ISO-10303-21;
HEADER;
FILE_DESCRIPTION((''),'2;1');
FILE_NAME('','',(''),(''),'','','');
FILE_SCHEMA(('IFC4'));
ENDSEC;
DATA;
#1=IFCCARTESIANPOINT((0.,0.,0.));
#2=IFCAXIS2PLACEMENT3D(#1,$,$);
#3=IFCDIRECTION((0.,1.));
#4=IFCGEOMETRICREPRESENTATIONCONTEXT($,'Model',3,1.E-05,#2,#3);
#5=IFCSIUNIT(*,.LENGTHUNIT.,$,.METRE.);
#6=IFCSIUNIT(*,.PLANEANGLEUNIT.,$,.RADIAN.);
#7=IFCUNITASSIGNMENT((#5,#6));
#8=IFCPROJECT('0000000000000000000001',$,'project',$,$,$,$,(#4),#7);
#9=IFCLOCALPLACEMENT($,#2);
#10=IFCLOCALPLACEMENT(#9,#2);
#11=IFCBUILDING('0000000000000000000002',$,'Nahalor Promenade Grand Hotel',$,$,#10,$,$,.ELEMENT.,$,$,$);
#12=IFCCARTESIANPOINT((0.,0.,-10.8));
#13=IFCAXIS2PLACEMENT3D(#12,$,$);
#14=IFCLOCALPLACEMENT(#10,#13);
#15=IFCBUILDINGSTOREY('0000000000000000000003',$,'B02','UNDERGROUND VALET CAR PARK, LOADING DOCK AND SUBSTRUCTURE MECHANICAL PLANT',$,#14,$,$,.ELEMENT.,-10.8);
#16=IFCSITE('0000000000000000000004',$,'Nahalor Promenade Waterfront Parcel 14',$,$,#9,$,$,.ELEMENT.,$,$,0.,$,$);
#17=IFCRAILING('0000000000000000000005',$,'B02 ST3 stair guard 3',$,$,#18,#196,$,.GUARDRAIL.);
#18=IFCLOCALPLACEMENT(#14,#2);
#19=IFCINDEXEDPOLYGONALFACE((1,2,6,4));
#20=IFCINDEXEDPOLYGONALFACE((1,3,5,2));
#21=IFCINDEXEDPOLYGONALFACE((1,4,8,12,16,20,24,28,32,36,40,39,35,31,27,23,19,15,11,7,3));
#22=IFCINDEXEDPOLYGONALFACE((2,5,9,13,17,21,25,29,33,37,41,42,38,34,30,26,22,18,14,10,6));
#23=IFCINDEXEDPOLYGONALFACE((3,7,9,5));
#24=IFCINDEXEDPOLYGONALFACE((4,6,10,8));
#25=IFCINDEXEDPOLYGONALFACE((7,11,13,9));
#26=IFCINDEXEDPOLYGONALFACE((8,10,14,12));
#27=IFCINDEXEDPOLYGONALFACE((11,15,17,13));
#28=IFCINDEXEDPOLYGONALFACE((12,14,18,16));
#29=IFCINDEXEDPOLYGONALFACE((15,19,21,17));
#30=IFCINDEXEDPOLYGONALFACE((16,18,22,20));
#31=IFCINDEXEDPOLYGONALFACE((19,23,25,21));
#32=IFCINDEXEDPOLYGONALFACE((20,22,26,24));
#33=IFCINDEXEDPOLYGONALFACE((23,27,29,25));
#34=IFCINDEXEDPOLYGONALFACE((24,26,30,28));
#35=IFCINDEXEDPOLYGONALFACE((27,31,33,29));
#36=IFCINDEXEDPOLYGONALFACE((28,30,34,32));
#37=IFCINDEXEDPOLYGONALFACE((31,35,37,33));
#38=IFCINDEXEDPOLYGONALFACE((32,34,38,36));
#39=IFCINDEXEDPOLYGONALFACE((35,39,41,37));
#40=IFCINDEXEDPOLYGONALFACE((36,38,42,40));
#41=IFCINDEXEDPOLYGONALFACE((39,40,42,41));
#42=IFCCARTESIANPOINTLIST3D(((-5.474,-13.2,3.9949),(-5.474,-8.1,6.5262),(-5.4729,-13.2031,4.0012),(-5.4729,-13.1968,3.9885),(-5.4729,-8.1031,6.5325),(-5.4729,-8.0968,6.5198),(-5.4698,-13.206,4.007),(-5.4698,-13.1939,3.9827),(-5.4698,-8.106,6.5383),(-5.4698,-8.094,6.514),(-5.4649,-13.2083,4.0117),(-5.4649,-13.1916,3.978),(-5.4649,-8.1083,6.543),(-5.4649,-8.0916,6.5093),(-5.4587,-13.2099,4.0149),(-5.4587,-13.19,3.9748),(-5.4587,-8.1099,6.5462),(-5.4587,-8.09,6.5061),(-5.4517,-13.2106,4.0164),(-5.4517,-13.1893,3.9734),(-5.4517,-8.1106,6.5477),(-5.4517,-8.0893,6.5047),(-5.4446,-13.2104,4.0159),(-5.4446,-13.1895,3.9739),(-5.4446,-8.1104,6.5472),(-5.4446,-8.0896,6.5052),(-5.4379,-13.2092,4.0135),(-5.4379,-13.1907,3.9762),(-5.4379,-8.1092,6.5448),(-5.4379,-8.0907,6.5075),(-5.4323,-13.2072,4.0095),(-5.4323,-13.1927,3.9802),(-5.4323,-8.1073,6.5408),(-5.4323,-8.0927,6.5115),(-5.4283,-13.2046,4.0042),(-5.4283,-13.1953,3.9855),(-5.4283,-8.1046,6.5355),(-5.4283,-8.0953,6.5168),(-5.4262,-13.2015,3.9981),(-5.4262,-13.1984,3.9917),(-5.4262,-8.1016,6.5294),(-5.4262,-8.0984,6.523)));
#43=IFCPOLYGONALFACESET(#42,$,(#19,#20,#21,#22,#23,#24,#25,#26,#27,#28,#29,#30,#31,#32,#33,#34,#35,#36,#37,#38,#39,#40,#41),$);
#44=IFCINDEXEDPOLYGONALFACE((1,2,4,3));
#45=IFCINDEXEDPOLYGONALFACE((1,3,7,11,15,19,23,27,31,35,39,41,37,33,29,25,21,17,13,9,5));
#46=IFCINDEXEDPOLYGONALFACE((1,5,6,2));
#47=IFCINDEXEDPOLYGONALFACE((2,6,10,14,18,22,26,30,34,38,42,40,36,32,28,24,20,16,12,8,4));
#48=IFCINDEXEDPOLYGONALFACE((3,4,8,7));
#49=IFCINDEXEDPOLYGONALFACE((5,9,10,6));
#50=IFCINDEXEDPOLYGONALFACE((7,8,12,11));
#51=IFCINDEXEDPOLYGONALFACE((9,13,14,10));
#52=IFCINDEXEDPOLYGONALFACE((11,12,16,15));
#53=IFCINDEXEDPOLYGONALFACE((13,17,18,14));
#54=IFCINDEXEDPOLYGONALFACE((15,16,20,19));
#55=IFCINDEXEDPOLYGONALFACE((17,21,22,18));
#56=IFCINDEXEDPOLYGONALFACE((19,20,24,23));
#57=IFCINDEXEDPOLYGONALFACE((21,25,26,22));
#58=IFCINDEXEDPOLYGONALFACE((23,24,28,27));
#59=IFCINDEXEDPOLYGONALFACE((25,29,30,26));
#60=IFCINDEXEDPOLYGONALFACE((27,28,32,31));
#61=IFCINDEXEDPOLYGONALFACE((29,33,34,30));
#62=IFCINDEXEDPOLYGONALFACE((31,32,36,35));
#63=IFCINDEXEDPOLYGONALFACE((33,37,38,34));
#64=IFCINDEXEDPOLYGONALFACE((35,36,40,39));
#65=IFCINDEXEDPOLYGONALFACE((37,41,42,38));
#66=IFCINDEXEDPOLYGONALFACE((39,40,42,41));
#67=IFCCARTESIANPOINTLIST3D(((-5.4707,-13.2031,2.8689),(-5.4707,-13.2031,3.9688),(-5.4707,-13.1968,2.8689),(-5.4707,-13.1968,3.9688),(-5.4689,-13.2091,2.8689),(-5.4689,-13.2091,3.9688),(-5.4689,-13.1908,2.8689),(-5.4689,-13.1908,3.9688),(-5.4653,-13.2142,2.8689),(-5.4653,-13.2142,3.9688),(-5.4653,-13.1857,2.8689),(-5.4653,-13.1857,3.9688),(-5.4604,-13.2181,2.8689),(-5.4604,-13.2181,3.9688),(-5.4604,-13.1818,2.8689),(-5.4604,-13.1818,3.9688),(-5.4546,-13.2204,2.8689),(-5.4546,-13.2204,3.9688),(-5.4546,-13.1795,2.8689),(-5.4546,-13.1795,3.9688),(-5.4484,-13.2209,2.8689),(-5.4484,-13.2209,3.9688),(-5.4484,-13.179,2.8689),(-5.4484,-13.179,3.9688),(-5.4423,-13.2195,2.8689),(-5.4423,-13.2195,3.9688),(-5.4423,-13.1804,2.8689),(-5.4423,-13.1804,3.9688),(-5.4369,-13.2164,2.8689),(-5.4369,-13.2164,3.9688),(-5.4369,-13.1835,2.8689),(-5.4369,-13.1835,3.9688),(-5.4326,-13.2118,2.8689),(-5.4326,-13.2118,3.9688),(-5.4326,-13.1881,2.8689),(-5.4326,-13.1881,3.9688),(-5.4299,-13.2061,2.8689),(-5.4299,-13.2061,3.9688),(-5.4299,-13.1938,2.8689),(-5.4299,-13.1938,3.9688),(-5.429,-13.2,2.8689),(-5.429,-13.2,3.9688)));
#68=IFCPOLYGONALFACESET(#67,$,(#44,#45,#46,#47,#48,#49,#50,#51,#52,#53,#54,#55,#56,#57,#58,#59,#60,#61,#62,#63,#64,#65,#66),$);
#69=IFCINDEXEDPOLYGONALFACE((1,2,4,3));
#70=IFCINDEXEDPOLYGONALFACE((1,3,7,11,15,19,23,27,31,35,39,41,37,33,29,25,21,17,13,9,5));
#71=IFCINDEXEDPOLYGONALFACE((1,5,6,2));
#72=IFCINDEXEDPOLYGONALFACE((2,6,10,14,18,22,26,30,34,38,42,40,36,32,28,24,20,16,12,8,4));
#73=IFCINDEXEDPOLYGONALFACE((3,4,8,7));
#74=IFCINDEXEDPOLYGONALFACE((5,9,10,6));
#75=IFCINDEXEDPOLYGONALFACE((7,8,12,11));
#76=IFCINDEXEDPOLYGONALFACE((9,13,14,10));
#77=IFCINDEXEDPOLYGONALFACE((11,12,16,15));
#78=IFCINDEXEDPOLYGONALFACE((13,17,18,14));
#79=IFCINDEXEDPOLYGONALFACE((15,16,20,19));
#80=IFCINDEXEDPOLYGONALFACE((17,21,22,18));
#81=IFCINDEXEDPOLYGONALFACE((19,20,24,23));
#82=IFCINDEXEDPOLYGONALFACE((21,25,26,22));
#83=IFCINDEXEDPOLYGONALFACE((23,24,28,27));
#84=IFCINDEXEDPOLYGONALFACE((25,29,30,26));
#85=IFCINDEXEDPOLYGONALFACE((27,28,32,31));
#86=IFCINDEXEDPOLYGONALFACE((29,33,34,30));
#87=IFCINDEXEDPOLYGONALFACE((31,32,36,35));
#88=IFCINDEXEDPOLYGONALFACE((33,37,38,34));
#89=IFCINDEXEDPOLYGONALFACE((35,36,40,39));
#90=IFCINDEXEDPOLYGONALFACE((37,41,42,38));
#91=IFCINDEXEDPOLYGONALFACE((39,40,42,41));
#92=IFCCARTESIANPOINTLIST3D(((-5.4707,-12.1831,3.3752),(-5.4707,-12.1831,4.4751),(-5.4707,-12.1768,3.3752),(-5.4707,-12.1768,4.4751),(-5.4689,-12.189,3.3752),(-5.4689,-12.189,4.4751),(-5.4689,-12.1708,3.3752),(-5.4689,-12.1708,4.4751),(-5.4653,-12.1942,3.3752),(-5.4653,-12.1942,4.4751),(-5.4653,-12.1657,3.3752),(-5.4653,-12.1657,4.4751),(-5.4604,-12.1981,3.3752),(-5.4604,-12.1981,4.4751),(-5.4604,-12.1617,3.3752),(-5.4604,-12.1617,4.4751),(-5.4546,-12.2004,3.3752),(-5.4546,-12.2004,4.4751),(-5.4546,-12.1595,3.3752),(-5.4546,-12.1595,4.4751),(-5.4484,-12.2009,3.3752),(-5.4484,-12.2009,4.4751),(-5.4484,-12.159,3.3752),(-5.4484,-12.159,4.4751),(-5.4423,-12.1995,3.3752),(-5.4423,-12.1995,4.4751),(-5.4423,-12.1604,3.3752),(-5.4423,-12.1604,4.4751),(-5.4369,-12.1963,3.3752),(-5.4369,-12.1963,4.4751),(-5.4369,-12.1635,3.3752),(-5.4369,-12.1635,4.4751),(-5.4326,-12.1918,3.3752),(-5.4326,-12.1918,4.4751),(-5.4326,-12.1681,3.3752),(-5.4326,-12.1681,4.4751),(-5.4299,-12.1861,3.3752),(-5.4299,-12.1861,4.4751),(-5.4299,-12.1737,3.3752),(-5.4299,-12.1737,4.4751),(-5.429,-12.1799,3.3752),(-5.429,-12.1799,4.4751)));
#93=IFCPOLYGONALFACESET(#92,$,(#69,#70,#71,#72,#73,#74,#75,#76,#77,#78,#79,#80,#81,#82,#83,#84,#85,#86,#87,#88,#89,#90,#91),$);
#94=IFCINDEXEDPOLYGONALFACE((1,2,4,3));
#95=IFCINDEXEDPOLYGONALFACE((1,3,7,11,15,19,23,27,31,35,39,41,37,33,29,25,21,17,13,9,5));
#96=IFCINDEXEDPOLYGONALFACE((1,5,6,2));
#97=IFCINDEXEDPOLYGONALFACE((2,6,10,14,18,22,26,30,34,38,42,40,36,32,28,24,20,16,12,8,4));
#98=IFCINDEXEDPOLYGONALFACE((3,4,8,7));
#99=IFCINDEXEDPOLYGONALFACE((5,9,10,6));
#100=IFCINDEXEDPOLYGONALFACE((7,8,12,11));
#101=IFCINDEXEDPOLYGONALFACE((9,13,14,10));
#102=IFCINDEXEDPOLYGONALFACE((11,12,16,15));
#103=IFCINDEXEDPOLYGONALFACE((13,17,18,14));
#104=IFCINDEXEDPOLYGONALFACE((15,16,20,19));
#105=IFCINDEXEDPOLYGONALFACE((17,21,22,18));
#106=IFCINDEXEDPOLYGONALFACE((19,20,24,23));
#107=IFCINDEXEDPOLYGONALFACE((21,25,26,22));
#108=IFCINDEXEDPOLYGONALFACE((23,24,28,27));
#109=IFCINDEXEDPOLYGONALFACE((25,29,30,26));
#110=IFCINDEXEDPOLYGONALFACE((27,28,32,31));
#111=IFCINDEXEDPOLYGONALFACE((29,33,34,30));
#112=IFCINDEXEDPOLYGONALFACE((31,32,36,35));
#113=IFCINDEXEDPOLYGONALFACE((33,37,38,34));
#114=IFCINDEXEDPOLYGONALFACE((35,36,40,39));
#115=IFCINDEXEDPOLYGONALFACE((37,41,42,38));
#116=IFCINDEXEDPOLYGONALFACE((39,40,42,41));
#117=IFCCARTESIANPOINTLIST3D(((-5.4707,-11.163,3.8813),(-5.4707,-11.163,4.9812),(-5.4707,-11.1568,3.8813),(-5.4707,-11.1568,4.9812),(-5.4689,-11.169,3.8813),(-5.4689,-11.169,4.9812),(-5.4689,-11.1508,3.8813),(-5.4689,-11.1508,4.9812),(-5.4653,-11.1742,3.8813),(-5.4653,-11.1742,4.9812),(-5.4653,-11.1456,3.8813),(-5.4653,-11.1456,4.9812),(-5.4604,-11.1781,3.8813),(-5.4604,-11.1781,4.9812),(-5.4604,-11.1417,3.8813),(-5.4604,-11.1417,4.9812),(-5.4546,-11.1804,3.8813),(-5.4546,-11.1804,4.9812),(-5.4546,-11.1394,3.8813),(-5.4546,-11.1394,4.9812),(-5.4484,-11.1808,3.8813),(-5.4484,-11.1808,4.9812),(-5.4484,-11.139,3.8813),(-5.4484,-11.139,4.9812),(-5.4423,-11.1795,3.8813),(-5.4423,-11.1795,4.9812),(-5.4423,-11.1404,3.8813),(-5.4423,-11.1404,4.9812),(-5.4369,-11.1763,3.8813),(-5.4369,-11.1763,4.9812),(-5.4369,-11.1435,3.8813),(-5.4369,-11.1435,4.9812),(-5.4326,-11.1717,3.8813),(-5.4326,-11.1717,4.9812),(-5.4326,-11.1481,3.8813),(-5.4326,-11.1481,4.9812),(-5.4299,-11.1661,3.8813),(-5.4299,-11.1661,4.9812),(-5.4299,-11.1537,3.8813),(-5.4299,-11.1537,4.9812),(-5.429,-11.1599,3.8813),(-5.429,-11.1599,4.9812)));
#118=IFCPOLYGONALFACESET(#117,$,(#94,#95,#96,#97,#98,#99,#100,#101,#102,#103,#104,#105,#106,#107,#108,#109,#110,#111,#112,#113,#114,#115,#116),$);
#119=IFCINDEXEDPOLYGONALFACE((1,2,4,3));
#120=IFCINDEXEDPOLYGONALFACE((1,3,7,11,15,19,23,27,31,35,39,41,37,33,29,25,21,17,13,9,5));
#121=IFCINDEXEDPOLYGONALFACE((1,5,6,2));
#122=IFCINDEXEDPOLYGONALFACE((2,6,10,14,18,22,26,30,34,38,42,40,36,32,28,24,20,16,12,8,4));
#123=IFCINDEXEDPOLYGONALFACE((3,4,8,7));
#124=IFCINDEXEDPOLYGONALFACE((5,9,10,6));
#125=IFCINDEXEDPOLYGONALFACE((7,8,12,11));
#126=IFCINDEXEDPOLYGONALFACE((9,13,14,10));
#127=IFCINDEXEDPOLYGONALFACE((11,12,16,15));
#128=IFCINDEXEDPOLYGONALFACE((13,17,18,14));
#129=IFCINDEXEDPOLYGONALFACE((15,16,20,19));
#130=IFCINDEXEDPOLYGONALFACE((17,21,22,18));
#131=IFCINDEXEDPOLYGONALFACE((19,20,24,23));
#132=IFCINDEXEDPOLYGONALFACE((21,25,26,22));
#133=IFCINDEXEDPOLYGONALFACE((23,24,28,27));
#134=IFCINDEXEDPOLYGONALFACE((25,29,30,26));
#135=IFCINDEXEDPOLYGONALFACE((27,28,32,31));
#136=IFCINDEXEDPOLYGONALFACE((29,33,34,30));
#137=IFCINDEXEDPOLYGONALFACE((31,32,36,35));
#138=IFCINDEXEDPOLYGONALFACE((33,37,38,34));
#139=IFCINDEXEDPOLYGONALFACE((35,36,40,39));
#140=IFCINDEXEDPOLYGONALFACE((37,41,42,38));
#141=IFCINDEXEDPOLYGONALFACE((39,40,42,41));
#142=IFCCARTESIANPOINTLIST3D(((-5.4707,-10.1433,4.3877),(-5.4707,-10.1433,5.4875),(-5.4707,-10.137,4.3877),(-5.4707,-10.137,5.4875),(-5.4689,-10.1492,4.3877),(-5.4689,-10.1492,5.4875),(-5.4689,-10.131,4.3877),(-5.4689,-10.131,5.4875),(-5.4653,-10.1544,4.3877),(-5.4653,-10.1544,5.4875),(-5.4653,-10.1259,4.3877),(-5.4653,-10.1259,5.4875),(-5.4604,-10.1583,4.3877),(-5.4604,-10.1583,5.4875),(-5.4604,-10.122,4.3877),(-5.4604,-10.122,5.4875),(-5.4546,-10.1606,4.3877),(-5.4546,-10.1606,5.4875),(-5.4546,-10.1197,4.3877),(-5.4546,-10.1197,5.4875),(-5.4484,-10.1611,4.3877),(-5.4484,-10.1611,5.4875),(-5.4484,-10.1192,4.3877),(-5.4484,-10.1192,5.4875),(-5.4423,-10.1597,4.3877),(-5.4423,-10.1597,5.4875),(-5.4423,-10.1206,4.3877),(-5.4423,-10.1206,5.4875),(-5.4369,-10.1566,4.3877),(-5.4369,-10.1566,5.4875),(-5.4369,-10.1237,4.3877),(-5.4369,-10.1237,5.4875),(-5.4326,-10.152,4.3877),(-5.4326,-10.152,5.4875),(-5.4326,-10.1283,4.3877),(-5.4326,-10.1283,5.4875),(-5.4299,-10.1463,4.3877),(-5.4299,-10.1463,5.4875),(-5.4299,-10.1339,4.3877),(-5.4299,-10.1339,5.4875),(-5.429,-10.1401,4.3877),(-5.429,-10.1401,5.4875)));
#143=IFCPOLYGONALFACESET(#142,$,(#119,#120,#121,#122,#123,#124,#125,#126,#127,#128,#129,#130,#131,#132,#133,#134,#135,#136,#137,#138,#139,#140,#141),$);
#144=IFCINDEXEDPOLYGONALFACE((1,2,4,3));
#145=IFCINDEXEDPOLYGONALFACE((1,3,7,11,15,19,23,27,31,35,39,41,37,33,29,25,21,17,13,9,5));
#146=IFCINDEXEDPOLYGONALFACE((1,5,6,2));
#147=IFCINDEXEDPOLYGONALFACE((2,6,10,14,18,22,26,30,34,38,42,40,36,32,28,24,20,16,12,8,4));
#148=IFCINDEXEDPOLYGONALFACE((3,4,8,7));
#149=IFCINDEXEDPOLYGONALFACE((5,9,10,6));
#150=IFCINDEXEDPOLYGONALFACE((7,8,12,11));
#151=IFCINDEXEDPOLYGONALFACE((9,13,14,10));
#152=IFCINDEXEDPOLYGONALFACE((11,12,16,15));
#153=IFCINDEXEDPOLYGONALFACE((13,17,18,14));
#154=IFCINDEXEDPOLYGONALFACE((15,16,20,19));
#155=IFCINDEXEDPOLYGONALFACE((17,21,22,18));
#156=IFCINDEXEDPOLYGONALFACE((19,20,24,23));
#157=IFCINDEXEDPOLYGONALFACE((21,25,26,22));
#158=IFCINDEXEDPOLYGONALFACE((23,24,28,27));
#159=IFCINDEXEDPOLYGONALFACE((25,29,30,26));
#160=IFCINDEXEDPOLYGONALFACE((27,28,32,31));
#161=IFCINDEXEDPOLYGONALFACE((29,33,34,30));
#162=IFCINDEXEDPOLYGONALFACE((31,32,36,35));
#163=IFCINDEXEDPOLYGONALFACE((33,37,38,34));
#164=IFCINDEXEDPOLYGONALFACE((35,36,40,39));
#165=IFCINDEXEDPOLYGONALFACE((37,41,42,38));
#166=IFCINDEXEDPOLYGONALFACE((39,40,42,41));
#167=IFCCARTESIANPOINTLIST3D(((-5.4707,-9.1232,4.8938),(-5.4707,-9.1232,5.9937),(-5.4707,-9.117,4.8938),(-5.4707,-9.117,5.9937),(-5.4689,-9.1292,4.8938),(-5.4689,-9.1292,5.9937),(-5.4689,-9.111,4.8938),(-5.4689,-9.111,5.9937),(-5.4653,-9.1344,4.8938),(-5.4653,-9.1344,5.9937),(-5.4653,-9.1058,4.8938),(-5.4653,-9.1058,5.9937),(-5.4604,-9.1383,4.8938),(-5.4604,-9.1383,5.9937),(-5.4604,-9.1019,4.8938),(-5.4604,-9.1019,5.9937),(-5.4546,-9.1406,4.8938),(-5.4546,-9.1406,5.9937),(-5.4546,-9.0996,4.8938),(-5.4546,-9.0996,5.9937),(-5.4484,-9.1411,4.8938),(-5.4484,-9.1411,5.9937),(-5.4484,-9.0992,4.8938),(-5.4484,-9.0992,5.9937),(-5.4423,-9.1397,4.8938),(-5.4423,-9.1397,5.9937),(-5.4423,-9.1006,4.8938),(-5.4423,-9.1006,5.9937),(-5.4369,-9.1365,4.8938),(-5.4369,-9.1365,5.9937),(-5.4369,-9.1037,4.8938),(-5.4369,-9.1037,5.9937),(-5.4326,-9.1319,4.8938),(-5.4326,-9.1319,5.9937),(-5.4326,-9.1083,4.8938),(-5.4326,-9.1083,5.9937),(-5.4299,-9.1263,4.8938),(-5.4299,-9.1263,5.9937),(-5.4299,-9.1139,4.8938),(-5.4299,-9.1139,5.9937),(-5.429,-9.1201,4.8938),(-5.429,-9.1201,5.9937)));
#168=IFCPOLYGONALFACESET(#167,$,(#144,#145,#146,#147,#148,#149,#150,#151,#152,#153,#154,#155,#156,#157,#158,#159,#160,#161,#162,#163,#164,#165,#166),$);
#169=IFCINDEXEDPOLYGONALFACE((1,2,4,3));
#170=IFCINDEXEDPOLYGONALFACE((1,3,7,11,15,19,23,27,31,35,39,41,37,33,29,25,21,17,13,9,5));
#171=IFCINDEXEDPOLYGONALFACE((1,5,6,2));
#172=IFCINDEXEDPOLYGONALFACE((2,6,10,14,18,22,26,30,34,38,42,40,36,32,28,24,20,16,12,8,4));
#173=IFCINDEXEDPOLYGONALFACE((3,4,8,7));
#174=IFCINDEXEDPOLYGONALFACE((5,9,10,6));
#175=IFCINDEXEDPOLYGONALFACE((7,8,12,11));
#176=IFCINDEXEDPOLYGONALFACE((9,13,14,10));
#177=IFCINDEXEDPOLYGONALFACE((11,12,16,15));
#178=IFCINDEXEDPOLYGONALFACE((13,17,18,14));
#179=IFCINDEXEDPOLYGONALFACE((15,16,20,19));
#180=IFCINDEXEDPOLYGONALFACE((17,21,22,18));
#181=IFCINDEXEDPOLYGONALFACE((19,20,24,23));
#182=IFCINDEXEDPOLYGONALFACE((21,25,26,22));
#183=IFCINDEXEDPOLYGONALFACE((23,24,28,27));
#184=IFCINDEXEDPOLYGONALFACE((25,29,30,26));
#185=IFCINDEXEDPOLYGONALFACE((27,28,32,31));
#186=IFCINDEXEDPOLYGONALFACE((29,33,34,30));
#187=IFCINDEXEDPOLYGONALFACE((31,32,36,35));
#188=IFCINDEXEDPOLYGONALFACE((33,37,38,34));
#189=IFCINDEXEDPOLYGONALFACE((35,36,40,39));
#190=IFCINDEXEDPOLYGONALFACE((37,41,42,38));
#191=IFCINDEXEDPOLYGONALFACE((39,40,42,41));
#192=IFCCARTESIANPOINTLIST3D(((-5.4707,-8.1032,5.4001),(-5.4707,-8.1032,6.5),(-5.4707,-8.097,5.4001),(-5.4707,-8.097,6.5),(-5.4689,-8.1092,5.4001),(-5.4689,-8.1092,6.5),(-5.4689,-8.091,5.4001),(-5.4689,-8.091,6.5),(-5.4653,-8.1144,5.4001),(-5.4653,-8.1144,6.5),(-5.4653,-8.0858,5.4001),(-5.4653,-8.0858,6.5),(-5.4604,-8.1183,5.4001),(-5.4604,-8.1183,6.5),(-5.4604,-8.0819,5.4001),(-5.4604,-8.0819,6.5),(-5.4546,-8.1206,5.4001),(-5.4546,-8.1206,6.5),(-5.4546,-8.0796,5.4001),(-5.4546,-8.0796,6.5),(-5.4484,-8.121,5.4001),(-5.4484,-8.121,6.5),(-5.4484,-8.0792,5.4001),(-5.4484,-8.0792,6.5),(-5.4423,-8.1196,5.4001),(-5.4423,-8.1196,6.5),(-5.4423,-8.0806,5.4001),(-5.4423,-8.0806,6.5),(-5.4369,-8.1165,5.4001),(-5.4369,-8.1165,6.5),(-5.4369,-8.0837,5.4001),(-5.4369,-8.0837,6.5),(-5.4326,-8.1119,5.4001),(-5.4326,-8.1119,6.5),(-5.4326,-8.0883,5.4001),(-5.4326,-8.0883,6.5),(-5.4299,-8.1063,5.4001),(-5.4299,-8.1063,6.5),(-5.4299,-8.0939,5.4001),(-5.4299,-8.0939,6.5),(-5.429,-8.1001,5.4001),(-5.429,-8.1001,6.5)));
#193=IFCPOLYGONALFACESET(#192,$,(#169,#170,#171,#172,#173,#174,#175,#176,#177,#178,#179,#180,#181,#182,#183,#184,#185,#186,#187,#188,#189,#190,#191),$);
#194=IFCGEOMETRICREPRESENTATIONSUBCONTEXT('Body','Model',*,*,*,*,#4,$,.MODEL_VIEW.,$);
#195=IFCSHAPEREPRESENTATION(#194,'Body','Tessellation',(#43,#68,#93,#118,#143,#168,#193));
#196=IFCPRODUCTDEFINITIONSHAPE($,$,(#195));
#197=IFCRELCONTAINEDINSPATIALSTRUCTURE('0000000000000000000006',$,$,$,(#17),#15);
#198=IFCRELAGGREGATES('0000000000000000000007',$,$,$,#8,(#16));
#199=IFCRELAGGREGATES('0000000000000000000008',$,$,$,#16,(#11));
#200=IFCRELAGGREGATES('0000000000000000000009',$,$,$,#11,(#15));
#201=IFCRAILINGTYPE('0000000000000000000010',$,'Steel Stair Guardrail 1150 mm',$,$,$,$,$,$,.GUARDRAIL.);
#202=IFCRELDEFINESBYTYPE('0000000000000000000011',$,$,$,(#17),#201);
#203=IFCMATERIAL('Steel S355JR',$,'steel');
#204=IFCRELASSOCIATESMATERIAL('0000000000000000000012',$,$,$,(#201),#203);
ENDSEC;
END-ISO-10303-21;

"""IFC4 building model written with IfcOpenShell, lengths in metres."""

from ifc_helpers import new_model, si_unit, direction, frame, origin, origin_2d, place, context, subcontext, project, spatial, circle, extrude, material, type_object, element, save


model = new_model("IFC4")

# Units and contexts
model_context = context("Model", 3, precision=1e-05, world=origin(), true_north=direction((0.0, 1.0)))
body_context = subcontext(model_context, "Body", "Model", "MODEL_VIEW")
ifc_project = project(units=[si_unit("LENGTHUNIT", "METRE"), si_unit("PLANEANGLEUNIT", "RADIAN")], contexts=[model_context])

# Site, building, storey
site_placement = place(None, origin())
site = spatial("IfcSite", under=ifc_project, at=site_placement, Name="Nahalor Promenade Waterfront Parcel 14", CompositionType="ELEMENT", RefElevation=0.0)
building_placement = place(site_placement, origin())
building = spatial("IfcBuilding", under=site, at=building_placement, Name="Nahalor Promenade Grand Hotel", CompositionType="ELEMENT")
storey_placement = place(building_placement, frame((0.0, 0.0, -10.8)))
storey = spatial("IfcBuildingStorey", under=building, at=storey_placement, Name="B02", Description="UNDERGROUND VALET CAR PARK, LOADING DOCK AND SUBSTRUCTURE MECHANICAL PLANT", CompositionType="ELEMENT", Elevation=-10.8)

# Shared definitions
ifc_material_1 = material(Name="Steel S355JR", Category="steel")

# Railing
railing_type_1 = type_object("IfcRailingType", Name="Steel Stair Guardrail 1150 mm", PredefinedType="GUARDRAIL", material=ifc_material_1)
railing_1_placement = place(storey_placement, frame((-5.45, -13.2, 2.8689)))
element("IfcRailing", 1, at=railing_1_placement, inside=storey, type_object=railing_type_1, Name="B02 ST3 stair guard 3", PredefinedType="GUARDRAIL", context=body_context, shape_type="SweptSolid", body=[
    extrude(circle(Radius=0.024, at=origin_2d()), frame((0.0, 0.0, 1.126), z_axis=(0.0, 0.895735, 0.444587), x_axis=(-1.0, 0.0, 0.0)), (0.0, 0.0, 1.0), 5.6936),
    extrude(circle(Radius=0.021, at=origin_2d()), origin(), (0.0, 0.0, 1.0), 1.0999),
    extrude(circle(Radius=0.021, at=origin_2d()), frame((0.0, 1.02, 0.5063)), (0.0, 0.0, 1.0), 1.0999),
    extrude(circle(Radius=0.021, at=origin_2d()), frame((0.0, 2.04, 1.0125)), (0.0, 0.0, 1.0), 1.0999),
    extrude(circle(Radius=0.021, at=origin_2d()), frame((0.0, 3.0598, 1.5188)), (0.0, 0.0, 1.0), 1.0999),
    extrude(circle(Radius=0.021, at=origin_2d()), frame((0.0, 4.0798, 2.0249)), (0.0, 0.0, 1.0), 1.0999),
    extrude(circle(Radius=0.021, at=origin_2d()), frame((0.0, 5.0999, 2.5312)), (0.0, 0.0, 1.0), 1.0999),
])

save(model, "model.ifc")
